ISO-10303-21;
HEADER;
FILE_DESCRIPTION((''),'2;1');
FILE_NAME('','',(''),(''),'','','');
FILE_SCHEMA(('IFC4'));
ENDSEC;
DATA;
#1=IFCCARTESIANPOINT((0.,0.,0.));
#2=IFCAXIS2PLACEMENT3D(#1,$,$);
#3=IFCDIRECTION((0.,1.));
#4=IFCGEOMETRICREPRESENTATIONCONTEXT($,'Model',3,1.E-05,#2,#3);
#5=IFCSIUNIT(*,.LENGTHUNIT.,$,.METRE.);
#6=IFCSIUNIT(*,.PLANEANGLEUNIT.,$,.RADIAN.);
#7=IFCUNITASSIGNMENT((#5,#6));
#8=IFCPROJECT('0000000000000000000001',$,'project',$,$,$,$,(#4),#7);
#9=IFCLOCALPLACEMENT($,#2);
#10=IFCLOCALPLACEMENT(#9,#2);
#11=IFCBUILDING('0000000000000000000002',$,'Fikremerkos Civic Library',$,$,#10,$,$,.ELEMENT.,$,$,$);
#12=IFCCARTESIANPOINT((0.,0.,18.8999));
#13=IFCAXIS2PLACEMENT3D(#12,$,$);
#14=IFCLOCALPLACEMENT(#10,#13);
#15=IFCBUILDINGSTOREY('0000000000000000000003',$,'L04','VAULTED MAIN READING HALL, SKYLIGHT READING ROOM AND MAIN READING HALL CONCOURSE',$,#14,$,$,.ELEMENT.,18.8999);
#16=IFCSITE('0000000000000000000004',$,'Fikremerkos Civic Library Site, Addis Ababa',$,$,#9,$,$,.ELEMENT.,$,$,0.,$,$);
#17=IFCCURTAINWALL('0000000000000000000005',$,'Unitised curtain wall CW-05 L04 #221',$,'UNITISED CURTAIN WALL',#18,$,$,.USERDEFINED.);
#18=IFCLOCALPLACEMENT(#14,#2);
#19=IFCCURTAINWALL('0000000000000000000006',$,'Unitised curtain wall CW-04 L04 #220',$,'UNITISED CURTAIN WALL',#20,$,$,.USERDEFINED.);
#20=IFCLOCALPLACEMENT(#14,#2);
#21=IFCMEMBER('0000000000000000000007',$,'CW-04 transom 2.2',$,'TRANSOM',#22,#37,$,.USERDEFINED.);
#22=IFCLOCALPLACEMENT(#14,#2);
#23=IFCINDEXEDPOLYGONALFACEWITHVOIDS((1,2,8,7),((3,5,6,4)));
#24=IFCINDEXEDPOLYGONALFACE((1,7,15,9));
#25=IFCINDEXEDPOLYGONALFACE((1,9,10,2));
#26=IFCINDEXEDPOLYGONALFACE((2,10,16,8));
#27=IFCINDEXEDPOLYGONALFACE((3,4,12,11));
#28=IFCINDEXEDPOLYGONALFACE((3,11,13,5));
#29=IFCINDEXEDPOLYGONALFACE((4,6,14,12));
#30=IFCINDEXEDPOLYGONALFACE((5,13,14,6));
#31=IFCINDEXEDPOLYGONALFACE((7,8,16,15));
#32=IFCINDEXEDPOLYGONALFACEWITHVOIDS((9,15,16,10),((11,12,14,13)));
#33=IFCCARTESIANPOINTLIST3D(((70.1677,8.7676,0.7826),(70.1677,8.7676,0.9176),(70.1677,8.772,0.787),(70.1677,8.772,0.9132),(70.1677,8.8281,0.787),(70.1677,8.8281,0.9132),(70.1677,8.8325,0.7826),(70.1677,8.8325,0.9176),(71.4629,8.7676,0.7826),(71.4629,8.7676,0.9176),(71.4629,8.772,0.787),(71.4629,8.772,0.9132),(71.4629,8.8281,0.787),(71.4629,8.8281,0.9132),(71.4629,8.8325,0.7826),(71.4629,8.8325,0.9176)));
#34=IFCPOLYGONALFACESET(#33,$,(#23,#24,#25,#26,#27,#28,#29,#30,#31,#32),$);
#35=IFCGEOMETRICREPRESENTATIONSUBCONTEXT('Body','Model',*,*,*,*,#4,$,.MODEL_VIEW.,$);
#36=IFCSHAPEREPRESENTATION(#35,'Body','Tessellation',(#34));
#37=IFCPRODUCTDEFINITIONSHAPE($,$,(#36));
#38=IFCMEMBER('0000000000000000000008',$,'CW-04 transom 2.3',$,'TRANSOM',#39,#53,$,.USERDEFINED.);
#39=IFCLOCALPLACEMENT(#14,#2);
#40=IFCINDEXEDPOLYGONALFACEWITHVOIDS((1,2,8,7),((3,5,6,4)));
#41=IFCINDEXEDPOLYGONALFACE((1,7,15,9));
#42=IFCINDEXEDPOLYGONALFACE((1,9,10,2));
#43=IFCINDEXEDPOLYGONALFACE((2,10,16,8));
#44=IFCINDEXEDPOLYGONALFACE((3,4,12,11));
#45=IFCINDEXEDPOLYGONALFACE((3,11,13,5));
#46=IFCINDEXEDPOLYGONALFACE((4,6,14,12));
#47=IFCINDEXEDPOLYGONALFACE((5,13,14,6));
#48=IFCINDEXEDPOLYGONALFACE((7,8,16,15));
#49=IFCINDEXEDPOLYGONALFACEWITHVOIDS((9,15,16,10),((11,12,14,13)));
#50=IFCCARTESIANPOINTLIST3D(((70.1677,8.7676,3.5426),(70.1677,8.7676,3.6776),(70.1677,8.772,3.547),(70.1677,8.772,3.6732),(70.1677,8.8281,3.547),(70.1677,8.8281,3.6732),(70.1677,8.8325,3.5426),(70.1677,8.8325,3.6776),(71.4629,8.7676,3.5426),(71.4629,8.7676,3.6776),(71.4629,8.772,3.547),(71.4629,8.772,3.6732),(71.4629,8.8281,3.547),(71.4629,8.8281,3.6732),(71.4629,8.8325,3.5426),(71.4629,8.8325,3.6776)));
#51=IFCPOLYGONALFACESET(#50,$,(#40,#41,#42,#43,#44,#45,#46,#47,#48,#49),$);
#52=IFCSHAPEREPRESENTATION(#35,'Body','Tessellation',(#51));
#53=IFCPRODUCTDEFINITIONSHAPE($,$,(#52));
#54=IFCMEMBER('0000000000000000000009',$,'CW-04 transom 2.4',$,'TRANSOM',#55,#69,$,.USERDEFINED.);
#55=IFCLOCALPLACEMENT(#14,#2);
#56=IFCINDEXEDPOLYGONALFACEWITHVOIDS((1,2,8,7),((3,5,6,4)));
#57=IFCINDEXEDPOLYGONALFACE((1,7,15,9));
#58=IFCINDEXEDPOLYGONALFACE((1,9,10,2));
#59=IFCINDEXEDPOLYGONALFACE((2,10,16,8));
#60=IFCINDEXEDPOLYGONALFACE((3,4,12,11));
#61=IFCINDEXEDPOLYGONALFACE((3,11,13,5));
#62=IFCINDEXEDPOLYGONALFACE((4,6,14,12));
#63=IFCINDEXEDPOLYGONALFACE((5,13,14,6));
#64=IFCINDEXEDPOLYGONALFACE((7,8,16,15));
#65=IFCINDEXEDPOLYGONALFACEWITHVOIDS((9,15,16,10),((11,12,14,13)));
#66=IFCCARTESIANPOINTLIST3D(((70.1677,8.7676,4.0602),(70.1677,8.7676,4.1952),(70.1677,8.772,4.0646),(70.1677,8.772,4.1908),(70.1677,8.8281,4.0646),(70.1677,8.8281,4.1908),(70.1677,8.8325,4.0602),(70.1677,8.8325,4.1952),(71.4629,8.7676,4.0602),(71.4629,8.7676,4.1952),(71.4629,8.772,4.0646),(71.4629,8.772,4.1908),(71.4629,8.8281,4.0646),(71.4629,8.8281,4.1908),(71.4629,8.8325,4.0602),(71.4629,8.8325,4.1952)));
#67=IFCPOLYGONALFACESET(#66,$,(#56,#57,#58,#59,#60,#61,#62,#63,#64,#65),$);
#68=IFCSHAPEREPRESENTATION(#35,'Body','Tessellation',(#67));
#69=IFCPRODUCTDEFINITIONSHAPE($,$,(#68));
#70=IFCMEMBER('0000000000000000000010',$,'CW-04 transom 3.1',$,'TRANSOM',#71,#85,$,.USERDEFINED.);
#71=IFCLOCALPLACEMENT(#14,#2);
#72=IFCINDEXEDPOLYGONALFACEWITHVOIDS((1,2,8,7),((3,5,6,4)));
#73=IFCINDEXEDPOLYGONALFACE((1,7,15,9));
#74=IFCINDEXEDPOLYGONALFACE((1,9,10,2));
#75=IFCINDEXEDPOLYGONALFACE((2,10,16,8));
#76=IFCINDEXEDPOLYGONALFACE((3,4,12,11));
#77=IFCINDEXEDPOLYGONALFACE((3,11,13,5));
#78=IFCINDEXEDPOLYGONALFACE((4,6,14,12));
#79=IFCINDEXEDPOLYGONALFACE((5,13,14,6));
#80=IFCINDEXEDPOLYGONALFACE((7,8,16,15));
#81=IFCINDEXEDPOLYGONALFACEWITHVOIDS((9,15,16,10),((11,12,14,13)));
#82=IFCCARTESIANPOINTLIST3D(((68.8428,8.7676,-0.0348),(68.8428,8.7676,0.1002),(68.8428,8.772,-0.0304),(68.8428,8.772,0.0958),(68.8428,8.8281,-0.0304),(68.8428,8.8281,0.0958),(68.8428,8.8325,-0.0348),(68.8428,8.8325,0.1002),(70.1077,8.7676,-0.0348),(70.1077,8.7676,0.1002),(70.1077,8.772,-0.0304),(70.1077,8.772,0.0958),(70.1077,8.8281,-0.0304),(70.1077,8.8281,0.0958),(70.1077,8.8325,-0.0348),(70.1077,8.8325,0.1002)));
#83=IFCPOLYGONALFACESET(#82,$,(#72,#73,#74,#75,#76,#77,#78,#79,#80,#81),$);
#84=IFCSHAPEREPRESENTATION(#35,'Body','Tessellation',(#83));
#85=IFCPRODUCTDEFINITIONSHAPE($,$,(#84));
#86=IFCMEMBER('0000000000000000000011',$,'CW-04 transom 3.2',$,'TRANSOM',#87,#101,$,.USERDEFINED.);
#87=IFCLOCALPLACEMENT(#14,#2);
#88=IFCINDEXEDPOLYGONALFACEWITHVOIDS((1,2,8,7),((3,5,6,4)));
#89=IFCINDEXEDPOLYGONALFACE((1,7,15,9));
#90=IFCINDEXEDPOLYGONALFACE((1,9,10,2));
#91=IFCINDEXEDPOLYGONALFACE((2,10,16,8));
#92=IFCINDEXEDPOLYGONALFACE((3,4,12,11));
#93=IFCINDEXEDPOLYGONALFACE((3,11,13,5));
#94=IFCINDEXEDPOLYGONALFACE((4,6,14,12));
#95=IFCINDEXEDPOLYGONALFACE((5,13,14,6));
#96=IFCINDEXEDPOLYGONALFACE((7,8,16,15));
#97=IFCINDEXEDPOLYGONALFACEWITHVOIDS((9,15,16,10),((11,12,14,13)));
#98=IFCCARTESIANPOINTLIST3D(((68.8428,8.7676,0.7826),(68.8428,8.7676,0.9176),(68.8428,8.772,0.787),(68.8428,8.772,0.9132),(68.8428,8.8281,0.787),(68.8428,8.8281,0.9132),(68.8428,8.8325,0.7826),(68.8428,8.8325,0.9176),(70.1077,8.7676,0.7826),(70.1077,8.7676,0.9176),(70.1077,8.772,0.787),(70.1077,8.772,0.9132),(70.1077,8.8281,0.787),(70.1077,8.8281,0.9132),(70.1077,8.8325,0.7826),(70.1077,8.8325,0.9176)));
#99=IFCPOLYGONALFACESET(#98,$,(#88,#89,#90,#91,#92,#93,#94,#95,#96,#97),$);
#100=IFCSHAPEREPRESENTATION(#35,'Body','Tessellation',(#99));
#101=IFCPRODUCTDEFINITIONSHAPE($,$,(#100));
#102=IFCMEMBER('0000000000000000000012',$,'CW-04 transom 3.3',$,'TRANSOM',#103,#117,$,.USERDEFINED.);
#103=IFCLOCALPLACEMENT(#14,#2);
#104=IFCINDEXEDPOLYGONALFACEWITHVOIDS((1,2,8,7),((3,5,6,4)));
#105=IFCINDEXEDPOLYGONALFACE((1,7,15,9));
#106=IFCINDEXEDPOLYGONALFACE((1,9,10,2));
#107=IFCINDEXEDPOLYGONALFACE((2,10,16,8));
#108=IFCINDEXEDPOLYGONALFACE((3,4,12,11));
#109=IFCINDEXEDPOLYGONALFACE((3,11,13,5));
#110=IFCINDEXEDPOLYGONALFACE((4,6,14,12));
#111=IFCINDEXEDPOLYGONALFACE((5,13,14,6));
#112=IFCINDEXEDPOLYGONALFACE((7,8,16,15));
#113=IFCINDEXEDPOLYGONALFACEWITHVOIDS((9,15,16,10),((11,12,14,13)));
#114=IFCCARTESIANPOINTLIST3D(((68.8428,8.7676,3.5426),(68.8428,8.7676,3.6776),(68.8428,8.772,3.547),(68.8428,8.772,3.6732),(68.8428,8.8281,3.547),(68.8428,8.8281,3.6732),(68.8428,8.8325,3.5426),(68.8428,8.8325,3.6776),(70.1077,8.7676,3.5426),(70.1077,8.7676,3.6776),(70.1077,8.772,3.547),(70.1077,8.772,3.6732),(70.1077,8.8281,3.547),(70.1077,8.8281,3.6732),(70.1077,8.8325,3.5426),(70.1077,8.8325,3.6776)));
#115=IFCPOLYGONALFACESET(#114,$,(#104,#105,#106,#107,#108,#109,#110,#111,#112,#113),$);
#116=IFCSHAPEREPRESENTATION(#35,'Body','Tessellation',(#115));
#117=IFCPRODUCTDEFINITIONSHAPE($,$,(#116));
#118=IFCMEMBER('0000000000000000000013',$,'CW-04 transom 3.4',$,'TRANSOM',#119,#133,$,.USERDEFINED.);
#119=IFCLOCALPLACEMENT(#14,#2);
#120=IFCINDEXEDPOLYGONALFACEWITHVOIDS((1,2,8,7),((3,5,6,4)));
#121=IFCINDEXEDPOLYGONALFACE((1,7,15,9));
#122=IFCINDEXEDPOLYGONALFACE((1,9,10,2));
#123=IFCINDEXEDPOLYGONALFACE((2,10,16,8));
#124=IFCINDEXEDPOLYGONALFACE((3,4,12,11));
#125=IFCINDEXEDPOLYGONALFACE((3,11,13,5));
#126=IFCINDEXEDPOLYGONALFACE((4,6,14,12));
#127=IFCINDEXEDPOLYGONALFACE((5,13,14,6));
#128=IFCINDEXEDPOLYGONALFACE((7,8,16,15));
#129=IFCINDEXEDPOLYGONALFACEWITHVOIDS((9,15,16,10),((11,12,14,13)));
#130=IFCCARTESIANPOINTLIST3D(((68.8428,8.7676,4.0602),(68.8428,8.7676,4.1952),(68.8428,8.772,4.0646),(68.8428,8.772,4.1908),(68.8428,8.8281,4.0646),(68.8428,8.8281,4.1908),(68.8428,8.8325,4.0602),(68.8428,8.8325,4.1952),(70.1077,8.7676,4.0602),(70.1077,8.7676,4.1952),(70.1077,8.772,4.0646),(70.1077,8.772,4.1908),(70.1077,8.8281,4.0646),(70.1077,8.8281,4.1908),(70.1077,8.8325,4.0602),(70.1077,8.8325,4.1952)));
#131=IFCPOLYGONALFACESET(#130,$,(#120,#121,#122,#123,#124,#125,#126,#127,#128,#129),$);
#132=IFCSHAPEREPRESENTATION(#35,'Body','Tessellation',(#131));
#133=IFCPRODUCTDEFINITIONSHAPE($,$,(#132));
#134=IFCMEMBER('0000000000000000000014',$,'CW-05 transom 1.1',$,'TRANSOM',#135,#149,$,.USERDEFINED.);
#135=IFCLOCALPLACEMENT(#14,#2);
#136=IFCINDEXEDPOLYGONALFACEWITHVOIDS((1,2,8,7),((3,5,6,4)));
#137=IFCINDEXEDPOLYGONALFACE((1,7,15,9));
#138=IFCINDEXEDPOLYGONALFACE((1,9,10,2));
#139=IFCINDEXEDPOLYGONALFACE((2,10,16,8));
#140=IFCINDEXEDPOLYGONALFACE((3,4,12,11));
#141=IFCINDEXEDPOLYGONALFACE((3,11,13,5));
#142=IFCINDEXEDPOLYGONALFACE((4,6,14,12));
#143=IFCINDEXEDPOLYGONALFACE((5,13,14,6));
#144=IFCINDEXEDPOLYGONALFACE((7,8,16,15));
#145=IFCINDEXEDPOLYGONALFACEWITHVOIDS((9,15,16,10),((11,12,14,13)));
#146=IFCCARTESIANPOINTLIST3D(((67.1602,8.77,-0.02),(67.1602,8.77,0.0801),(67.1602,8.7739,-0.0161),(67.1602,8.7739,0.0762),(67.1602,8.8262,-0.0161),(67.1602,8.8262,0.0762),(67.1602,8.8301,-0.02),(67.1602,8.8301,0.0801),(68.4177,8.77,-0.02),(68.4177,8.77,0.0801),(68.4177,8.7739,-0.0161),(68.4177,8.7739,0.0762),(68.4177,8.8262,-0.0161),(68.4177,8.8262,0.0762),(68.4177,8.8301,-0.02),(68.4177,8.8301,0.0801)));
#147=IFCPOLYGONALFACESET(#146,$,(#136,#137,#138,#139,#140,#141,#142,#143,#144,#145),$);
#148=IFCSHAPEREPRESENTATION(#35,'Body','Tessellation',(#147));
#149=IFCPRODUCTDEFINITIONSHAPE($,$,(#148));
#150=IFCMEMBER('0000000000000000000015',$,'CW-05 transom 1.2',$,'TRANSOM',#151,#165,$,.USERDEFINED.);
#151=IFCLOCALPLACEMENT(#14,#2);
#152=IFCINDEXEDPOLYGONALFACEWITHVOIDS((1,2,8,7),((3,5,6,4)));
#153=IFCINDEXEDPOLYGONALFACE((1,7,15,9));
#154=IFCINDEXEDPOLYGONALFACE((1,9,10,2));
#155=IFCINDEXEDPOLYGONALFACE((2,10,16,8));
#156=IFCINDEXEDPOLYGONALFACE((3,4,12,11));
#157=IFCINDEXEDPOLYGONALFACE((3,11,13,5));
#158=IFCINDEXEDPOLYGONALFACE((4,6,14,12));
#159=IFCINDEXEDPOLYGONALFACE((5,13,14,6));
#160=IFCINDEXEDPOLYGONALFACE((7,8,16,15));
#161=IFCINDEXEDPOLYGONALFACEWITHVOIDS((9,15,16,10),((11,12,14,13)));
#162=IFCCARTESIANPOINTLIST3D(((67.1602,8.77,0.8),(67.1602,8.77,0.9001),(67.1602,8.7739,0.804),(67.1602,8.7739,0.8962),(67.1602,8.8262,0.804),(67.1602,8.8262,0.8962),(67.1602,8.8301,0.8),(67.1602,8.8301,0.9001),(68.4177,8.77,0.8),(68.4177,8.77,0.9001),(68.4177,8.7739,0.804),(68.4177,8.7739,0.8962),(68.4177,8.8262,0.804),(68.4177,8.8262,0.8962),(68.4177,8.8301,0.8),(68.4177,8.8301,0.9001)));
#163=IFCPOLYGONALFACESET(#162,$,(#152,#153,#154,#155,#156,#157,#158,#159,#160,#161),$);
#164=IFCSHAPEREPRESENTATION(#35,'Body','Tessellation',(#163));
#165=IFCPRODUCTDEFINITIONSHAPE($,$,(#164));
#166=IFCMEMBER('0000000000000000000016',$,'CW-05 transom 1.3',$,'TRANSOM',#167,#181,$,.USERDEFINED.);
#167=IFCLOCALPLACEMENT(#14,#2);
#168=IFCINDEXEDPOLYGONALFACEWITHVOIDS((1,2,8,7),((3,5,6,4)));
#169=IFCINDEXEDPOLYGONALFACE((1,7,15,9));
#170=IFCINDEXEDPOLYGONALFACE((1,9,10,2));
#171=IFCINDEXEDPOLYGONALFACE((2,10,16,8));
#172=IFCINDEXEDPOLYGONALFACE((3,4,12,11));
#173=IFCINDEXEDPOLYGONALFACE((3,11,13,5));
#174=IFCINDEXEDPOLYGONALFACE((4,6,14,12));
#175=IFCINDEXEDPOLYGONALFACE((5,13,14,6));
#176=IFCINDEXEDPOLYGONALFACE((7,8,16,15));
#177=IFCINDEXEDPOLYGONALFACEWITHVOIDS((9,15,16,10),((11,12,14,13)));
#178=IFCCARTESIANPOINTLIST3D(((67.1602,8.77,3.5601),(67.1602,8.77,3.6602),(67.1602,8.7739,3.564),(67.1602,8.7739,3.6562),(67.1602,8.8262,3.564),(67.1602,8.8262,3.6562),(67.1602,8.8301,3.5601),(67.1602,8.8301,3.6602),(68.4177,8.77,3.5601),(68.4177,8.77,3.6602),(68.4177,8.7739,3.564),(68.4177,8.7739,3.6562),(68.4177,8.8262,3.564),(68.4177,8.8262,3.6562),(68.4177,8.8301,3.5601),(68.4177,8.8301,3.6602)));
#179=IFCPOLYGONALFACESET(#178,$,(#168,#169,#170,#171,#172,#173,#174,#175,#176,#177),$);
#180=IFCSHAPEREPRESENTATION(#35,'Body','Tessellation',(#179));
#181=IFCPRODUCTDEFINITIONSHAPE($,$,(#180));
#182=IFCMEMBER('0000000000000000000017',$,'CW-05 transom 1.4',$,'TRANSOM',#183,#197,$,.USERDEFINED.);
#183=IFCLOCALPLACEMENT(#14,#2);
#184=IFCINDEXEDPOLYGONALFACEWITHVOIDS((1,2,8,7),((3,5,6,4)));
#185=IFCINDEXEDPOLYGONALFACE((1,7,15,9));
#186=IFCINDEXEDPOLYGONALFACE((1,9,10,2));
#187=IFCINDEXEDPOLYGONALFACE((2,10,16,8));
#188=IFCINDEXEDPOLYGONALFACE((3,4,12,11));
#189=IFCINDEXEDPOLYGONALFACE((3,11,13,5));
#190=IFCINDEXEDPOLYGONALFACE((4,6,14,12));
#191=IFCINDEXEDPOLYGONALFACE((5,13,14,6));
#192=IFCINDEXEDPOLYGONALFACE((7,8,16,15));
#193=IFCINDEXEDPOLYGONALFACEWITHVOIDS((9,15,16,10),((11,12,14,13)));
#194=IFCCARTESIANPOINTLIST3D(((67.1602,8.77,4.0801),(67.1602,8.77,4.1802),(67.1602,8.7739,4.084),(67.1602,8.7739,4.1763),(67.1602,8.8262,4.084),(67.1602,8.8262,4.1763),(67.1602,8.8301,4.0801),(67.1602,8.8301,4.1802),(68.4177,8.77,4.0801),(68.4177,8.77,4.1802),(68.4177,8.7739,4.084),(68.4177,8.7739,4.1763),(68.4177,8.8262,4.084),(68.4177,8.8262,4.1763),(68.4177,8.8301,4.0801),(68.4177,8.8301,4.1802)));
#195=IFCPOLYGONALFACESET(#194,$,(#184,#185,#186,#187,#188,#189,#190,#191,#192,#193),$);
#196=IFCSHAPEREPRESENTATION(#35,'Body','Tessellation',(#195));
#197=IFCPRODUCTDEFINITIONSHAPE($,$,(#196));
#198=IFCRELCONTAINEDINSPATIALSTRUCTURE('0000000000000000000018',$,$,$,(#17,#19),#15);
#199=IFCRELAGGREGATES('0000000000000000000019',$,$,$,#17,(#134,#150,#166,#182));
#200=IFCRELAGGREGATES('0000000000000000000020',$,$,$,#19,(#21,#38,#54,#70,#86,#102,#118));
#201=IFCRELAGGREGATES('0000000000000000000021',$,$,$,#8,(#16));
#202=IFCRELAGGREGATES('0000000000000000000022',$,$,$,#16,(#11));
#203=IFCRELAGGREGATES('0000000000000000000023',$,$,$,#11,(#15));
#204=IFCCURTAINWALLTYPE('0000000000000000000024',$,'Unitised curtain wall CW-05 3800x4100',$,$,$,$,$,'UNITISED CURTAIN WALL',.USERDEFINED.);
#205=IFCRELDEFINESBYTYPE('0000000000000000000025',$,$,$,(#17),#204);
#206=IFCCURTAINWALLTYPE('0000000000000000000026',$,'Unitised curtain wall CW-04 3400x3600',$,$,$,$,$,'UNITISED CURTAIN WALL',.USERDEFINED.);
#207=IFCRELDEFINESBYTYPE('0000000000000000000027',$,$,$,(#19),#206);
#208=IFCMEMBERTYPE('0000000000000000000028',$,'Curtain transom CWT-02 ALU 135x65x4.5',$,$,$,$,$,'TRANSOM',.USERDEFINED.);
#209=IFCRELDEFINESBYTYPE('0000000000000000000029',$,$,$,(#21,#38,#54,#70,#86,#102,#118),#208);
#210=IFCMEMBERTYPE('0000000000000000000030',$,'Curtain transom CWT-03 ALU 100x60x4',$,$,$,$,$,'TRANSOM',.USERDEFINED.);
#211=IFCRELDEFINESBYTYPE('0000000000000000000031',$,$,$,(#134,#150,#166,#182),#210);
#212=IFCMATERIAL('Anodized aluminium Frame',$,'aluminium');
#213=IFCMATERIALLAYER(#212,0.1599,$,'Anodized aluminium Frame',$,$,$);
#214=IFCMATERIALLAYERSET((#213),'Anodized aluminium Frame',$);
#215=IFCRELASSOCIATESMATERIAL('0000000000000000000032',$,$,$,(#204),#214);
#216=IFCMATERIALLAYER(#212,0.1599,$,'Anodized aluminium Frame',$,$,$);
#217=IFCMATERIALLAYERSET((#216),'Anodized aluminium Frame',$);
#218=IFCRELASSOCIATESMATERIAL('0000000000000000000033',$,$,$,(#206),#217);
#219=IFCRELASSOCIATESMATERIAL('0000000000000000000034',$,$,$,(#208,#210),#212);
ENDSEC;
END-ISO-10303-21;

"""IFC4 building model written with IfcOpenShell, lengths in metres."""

from ifc_helpers import new_model, si_unit, direction, frame, origin, origin_2d, place, context, subcontext, project, spatial, hollow_rectangle, extrude, material, layer, layer_set, material_profile, profile_set, type_object, element, aggregate, save


model = new_model("IFC4")

# Units and contexts
model_context = context("Model", 3, precision=1e-05, world=origin(), true_north=direction((0.0, 1.0)))
body_context = subcontext(model_context, "Body", "Model", "MODEL_VIEW")
ifc_project = project(units=[si_unit("LENGTHUNIT", "METRE"), si_unit("PLANEANGLEUNIT", "RADIAN")], contexts=[model_context])

# Site, building, storey
site_placement = place(None, origin())
site = spatial("IfcSite", under=ifc_project, at=site_placement, Name="Fikremerkos Civic Library Site, Addis Ababa", CompositionType="ELEMENT", RefElevation=0.0)
building_placement = place(site_placement, origin())
building = spatial("IfcBuilding", under=site, at=building_placement, Name="Fikremerkos Civic Library", CompositionType="ELEMENT")
storey_placement = place(building_placement, frame((0.0, 0.0, 18.8999)))
storey = spatial("IfcBuildingStorey", under=building, at=storey_placement, Name="L04", Description="VAULTED MAIN READING HALL, SKYLIGHT READING ROOM AND MAIN READING HALL CONCOURSE", CompositionType="ELEMENT", Elevation=18.8999)

# Curtain walls, members
ifc_material_1 = material(Name="Anodized aluminium Frame", Category="aluminium")
ifc_layer_1 = layer(ifc_material_1, 0.1599, Name="Anodized aluminium Frame")
ifc_layer_set_1 = layer_set([ifc_layer_1], Name="Anodized aluminium Frame")
curtain_wall_type_1 = type_object("IfcCurtainWallType", Name="Unitised curtain wall CW-05 3800x4100", ElementType="UNITISED CURTAIN WALL", PredefinedType="USERDEFINED", material=ifc_layer_set_1)
curtain_wall_1_placement = place(storey_placement, origin())
curtain_wall_1 = element("IfcCurtainWall", 1, at=curtain_wall_1_placement, inside=storey, type_object=curtain_wall_type_1, Name="Unitised curtain wall CW-05 L04 #221", ObjectType="UNITISED CURTAIN WALL", PredefinedType="USERDEFINED")
ifc_layer_2 = layer(ifc_material_1, 0.1599, Name="Anodized aluminium Frame")
ifc_layer_set_2 = layer_set([ifc_layer_2], Name="Anodized aluminium Frame")
curtain_wall_type_2 = type_object("IfcCurtainWallType", Name="Unitised curtain wall CW-04 3400x3600", ElementType="UNITISED CURTAIN WALL", PredefinedType="USERDEFINED", material=ifc_layer_set_2)
curtain_wall_2_placement = place(storey_placement, origin())
curtain_wall_2 = element("IfcCurtainWall", 2, at=curtain_wall_2_placement, inside=storey, type_object=curtain_wall_type_2, Name="Unitised curtain wall CW-04 L04 #220", ObjectType="UNITISED CURTAIN WALL", PredefinedType="USERDEFINED")
ifc_material_profile_1 = material_profile(ifc_material_1, hollow_rectangle(XDim=0.0649, YDim=0.135, WallThickness=0.0044, at=origin_2d()), Name="ALU 135x65x4.5")
ifc_profile_set_1 = profile_set([ifc_material_profile_1], Name="Anodized aluminium Frame")
member_type_1 = type_object("IfcMemberType", Name="Curtain transom CWT-02 ALU 135x65x4.5", ElementType="TRANSOM", PredefinedType="USERDEFINED", material=ifc_profile_set_1)
member_1_placement = place(storey_placement, frame((71.4629, 8.8, 0.8501), z_axis=(-1.0, 0.0, 0.0), x_axis=(0.0, -1.0, 0.0)))
member_1 = element("IfcMember", 3, at=member_1_placement, type_object=member_type_1, Name="CW-04 transom 2.2", ObjectType="TRANSOM", PredefinedType="USERDEFINED", context=body_context, shape_type="SweptSolid", body=[
    extrude(hollow_rectangle(XDim=0.0649, YDim=0.135, WallThickness=0.0044, at=origin_2d()), origin(), (0.0, 0.0, 1.0), 1.2952),
])
member_2_placement = place(storey_placement, frame((71.4629, 8.8, 3.6101), z_axis=(-1.0, 0.0, 0.0), x_axis=(0.0, -1.0, 0.0)))
member_2 = element("IfcMember", 4, at=member_2_placement, type_object=member_type_1, Name="CW-04 transom 2.3", ObjectType="TRANSOM", PredefinedType="USERDEFINED", context=body_context, shape_type="SweptSolid", body=[
    extrude(hollow_rectangle(XDim=0.0649, YDim=0.135, WallThickness=0.0044, at=origin_2d()), origin(), (0.0, 0.0, 1.0), 1.2952),
])
member_3_placement = place(storey_placement, frame((71.4629, 8.8, 4.1277), z_axis=(-1.0, 0.0, 0.0), x_axis=(0.0, -1.0, 0.0)))
member_3 = element("IfcMember", 5, at=member_3_placement, type_object=member_type_1, Name="CW-04 transom 2.4", ObjectType="TRANSOM", PredefinedType="USERDEFINED", context=body_context, shape_type="SweptSolid", body=[
    extrude(hollow_rectangle(XDim=0.0649, YDim=0.135, WallThickness=0.0044, at=origin_2d()), origin(), (0.0, 0.0, 1.0), 1.2952),
])
member_4_placement = place(storey_placement, frame((70.1077, 8.8, 0.0327), z_axis=(-1.0, 0.0, 0.0), x_axis=(0.0, -1.0, 0.0)))
member_4 = element("IfcMember", 6, at=member_4_placement, type_object=member_type_1, Name="CW-04 transom 3.1", ObjectType="TRANSOM", PredefinedType="USERDEFINED", context=body_context, shape_type="SweptSolid", body=[
    extrude(hollow_rectangle(XDim=0.0649, YDim=0.135, WallThickness=0.0044, at=origin_2d()), origin(), (0.0, 0.0, 1.0), 1.2649),
])
member_5_placement = place(storey_placement, frame((70.1077, 8.8, 0.8501), z_axis=(-1.0, 0.0, 0.0), x_axis=(0.0, -1.0, 0.0)))
member_5 = element("IfcMember", 7, at=member_5_placement, type_object=member_type_1, Name="CW-04 transom 3.2", ObjectType="TRANSOM", PredefinedType="USERDEFINED", context=body_context, shape_type="SweptSolid", body=[
    extrude(hollow_rectangle(XDim=0.0649, YDim=0.135, WallThickness=0.0044, at=origin_2d()), origin(), (0.0, 0.0, 1.0), 1.2649),
])
member_6_placement = place(storey_placement, frame((70.1077, 8.8, 3.6101), z_axis=(-1.0, 0.0, 0.0), x_axis=(0.0, -1.0, 0.0)))
member_6 = element("IfcMember", 8, at=member_6_placement, type_object=member_type_1, Name="CW-04 transom 3.3", ObjectType="TRANSOM", PredefinedType="USERDEFINED", context=body_context, shape_type="SweptSolid", body=[
    extrude(hollow_rectangle(XDim=0.0649, YDim=0.135, WallThickness=0.0044, at=origin_2d()), origin(), (0.0, 0.0, 1.0), 1.2649),
])
member_7_placement = place(storey_placement, frame((70.1077, 8.8, 4.1277), z_axis=(-1.0, 0.0, 0.0), x_axis=(0.0, -1.0, 0.0)))
member_7 = element("IfcMember", 9, at=member_7_placement, type_object=member_type_1, Name="CW-04 transom 3.4", ObjectType="TRANSOM", PredefinedType="USERDEFINED", context=body_context, shape_type="SweptSolid", body=[
    extrude(hollow_rectangle(XDim=0.0649, YDim=0.135, WallThickness=0.0044, at=origin_2d()), origin(), (0.0, 0.0, 1.0), 1.2649),
])

# Members
ifc_material_profile_2 = material_profile(ifc_material_1, hollow_rectangle(XDim=0.0601, YDim=0.1001, WallThickness=0.0039, at=origin_2d()), Name="ALU 100x60x4")
ifc_profile_set_2 = profile_set([ifc_material_profile_2], Name="Anodized aluminium Frame")
member_type_2 = type_object("IfcMemberType", Name="Curtain transom CWT-03 ALU 100x60x4", ElementType="TRANSOM", PredefinedType="USERDEFINED", material=ifc_profile_set_2)
member_8_placement = place(storey_placement, frame((68.4177, 8.8, 0.03), z_axis=(-1.0, 0.0, 0.0), x_axis=(0.0, -1.0, 0.0)))
member_8 = element("IfcMember", 10, at=member_8_placement, type_object=member_type_2, Name="CW-05 transom 1.1", ObjectType="TRANSOM", PredefinedType="USERDEFINED", context=body_context, shape_type="SweptSolid", body=[
    extrude(hollow_rectangle(XDim=0.0601, YDim=0.1001, WallThickness=0.0039, at=origin_2d()), origin(), (0.0, 0.0, 1.0), 1.2576),
])
member_9_placement = place(storey_placement, frame((68.4177, 8.8, 0.8501), z_axis=(-1.0, 0.0, 0.0), x_axis=(0.0, -1.0, 0.0)))
member_9 = element("IfcMember", 11, at=member_9_placement, type_object=member_type_2, Name="CW-05 transom 1.2", ObjectType="TRANSOM", PredefinedType="USERDEFINED", context=body_context, shape_type="SweptSolid", body=[
    extrude(hollow_rectangle(XDim=0.0601, YDim=0.1001, WallThickness=0.0039, at=origin_2d()), origin(), (0.0, 0.0, 1.0), 1.2576),
])
member_10_placement = place(storey_placement, frame((68.4177, 8.8, 3.6101), z_axis=(-1.0, 0.0, 0.0), x_axis=(0.0, -1.0, 0.0)))
member_10 = element("IfcMember", 12, at=member_10_placement, type_object=member_type_2, Name="CW-05 transom 1.3", ObjectType="TRANSOM", PredefinedType="USERDEFINED", context=body_context, shape_type="SweptSolid", body=[
    extrude(hollow_rectangle(XDim=0.0601, YDim=0.1001, WallThickness=0.0039, at=origin_2d()), origin(), (0.0, 0.0, 1.0), 1.2576),
])
member_11_placement = place(storey_placement, frame((68.4177, 8.8, 4.1301), z_axis=(-1.0, 0.0, 0.0), x_axis=(0.0, -1.0, 0.0)))
member_11 = element("IfcMember", 13, at=member_11_placement, type_object=member_type_2, Name="CW-05 transom 1.4", ObjectType="TRANSOM", PredefinedType="USERDEFINED", context=body_context, shape_type="SweptSolid", body=[
    extrude(hollow_rectangle(XDim=0.0601, YDim=0.1001, WallThickness=0.0039, at=origin_2d()), origin(), (0.0, 0.0, 1.0), 1.2576),
])

aggregate(curtain_wall_1, [member_8, member_9, member_10, member_11])
aggregate(curtain_wall_2, [member_1, member_2, member_3, member_4, member_5, member_6, member_7])

save(model, "model.ifc")
